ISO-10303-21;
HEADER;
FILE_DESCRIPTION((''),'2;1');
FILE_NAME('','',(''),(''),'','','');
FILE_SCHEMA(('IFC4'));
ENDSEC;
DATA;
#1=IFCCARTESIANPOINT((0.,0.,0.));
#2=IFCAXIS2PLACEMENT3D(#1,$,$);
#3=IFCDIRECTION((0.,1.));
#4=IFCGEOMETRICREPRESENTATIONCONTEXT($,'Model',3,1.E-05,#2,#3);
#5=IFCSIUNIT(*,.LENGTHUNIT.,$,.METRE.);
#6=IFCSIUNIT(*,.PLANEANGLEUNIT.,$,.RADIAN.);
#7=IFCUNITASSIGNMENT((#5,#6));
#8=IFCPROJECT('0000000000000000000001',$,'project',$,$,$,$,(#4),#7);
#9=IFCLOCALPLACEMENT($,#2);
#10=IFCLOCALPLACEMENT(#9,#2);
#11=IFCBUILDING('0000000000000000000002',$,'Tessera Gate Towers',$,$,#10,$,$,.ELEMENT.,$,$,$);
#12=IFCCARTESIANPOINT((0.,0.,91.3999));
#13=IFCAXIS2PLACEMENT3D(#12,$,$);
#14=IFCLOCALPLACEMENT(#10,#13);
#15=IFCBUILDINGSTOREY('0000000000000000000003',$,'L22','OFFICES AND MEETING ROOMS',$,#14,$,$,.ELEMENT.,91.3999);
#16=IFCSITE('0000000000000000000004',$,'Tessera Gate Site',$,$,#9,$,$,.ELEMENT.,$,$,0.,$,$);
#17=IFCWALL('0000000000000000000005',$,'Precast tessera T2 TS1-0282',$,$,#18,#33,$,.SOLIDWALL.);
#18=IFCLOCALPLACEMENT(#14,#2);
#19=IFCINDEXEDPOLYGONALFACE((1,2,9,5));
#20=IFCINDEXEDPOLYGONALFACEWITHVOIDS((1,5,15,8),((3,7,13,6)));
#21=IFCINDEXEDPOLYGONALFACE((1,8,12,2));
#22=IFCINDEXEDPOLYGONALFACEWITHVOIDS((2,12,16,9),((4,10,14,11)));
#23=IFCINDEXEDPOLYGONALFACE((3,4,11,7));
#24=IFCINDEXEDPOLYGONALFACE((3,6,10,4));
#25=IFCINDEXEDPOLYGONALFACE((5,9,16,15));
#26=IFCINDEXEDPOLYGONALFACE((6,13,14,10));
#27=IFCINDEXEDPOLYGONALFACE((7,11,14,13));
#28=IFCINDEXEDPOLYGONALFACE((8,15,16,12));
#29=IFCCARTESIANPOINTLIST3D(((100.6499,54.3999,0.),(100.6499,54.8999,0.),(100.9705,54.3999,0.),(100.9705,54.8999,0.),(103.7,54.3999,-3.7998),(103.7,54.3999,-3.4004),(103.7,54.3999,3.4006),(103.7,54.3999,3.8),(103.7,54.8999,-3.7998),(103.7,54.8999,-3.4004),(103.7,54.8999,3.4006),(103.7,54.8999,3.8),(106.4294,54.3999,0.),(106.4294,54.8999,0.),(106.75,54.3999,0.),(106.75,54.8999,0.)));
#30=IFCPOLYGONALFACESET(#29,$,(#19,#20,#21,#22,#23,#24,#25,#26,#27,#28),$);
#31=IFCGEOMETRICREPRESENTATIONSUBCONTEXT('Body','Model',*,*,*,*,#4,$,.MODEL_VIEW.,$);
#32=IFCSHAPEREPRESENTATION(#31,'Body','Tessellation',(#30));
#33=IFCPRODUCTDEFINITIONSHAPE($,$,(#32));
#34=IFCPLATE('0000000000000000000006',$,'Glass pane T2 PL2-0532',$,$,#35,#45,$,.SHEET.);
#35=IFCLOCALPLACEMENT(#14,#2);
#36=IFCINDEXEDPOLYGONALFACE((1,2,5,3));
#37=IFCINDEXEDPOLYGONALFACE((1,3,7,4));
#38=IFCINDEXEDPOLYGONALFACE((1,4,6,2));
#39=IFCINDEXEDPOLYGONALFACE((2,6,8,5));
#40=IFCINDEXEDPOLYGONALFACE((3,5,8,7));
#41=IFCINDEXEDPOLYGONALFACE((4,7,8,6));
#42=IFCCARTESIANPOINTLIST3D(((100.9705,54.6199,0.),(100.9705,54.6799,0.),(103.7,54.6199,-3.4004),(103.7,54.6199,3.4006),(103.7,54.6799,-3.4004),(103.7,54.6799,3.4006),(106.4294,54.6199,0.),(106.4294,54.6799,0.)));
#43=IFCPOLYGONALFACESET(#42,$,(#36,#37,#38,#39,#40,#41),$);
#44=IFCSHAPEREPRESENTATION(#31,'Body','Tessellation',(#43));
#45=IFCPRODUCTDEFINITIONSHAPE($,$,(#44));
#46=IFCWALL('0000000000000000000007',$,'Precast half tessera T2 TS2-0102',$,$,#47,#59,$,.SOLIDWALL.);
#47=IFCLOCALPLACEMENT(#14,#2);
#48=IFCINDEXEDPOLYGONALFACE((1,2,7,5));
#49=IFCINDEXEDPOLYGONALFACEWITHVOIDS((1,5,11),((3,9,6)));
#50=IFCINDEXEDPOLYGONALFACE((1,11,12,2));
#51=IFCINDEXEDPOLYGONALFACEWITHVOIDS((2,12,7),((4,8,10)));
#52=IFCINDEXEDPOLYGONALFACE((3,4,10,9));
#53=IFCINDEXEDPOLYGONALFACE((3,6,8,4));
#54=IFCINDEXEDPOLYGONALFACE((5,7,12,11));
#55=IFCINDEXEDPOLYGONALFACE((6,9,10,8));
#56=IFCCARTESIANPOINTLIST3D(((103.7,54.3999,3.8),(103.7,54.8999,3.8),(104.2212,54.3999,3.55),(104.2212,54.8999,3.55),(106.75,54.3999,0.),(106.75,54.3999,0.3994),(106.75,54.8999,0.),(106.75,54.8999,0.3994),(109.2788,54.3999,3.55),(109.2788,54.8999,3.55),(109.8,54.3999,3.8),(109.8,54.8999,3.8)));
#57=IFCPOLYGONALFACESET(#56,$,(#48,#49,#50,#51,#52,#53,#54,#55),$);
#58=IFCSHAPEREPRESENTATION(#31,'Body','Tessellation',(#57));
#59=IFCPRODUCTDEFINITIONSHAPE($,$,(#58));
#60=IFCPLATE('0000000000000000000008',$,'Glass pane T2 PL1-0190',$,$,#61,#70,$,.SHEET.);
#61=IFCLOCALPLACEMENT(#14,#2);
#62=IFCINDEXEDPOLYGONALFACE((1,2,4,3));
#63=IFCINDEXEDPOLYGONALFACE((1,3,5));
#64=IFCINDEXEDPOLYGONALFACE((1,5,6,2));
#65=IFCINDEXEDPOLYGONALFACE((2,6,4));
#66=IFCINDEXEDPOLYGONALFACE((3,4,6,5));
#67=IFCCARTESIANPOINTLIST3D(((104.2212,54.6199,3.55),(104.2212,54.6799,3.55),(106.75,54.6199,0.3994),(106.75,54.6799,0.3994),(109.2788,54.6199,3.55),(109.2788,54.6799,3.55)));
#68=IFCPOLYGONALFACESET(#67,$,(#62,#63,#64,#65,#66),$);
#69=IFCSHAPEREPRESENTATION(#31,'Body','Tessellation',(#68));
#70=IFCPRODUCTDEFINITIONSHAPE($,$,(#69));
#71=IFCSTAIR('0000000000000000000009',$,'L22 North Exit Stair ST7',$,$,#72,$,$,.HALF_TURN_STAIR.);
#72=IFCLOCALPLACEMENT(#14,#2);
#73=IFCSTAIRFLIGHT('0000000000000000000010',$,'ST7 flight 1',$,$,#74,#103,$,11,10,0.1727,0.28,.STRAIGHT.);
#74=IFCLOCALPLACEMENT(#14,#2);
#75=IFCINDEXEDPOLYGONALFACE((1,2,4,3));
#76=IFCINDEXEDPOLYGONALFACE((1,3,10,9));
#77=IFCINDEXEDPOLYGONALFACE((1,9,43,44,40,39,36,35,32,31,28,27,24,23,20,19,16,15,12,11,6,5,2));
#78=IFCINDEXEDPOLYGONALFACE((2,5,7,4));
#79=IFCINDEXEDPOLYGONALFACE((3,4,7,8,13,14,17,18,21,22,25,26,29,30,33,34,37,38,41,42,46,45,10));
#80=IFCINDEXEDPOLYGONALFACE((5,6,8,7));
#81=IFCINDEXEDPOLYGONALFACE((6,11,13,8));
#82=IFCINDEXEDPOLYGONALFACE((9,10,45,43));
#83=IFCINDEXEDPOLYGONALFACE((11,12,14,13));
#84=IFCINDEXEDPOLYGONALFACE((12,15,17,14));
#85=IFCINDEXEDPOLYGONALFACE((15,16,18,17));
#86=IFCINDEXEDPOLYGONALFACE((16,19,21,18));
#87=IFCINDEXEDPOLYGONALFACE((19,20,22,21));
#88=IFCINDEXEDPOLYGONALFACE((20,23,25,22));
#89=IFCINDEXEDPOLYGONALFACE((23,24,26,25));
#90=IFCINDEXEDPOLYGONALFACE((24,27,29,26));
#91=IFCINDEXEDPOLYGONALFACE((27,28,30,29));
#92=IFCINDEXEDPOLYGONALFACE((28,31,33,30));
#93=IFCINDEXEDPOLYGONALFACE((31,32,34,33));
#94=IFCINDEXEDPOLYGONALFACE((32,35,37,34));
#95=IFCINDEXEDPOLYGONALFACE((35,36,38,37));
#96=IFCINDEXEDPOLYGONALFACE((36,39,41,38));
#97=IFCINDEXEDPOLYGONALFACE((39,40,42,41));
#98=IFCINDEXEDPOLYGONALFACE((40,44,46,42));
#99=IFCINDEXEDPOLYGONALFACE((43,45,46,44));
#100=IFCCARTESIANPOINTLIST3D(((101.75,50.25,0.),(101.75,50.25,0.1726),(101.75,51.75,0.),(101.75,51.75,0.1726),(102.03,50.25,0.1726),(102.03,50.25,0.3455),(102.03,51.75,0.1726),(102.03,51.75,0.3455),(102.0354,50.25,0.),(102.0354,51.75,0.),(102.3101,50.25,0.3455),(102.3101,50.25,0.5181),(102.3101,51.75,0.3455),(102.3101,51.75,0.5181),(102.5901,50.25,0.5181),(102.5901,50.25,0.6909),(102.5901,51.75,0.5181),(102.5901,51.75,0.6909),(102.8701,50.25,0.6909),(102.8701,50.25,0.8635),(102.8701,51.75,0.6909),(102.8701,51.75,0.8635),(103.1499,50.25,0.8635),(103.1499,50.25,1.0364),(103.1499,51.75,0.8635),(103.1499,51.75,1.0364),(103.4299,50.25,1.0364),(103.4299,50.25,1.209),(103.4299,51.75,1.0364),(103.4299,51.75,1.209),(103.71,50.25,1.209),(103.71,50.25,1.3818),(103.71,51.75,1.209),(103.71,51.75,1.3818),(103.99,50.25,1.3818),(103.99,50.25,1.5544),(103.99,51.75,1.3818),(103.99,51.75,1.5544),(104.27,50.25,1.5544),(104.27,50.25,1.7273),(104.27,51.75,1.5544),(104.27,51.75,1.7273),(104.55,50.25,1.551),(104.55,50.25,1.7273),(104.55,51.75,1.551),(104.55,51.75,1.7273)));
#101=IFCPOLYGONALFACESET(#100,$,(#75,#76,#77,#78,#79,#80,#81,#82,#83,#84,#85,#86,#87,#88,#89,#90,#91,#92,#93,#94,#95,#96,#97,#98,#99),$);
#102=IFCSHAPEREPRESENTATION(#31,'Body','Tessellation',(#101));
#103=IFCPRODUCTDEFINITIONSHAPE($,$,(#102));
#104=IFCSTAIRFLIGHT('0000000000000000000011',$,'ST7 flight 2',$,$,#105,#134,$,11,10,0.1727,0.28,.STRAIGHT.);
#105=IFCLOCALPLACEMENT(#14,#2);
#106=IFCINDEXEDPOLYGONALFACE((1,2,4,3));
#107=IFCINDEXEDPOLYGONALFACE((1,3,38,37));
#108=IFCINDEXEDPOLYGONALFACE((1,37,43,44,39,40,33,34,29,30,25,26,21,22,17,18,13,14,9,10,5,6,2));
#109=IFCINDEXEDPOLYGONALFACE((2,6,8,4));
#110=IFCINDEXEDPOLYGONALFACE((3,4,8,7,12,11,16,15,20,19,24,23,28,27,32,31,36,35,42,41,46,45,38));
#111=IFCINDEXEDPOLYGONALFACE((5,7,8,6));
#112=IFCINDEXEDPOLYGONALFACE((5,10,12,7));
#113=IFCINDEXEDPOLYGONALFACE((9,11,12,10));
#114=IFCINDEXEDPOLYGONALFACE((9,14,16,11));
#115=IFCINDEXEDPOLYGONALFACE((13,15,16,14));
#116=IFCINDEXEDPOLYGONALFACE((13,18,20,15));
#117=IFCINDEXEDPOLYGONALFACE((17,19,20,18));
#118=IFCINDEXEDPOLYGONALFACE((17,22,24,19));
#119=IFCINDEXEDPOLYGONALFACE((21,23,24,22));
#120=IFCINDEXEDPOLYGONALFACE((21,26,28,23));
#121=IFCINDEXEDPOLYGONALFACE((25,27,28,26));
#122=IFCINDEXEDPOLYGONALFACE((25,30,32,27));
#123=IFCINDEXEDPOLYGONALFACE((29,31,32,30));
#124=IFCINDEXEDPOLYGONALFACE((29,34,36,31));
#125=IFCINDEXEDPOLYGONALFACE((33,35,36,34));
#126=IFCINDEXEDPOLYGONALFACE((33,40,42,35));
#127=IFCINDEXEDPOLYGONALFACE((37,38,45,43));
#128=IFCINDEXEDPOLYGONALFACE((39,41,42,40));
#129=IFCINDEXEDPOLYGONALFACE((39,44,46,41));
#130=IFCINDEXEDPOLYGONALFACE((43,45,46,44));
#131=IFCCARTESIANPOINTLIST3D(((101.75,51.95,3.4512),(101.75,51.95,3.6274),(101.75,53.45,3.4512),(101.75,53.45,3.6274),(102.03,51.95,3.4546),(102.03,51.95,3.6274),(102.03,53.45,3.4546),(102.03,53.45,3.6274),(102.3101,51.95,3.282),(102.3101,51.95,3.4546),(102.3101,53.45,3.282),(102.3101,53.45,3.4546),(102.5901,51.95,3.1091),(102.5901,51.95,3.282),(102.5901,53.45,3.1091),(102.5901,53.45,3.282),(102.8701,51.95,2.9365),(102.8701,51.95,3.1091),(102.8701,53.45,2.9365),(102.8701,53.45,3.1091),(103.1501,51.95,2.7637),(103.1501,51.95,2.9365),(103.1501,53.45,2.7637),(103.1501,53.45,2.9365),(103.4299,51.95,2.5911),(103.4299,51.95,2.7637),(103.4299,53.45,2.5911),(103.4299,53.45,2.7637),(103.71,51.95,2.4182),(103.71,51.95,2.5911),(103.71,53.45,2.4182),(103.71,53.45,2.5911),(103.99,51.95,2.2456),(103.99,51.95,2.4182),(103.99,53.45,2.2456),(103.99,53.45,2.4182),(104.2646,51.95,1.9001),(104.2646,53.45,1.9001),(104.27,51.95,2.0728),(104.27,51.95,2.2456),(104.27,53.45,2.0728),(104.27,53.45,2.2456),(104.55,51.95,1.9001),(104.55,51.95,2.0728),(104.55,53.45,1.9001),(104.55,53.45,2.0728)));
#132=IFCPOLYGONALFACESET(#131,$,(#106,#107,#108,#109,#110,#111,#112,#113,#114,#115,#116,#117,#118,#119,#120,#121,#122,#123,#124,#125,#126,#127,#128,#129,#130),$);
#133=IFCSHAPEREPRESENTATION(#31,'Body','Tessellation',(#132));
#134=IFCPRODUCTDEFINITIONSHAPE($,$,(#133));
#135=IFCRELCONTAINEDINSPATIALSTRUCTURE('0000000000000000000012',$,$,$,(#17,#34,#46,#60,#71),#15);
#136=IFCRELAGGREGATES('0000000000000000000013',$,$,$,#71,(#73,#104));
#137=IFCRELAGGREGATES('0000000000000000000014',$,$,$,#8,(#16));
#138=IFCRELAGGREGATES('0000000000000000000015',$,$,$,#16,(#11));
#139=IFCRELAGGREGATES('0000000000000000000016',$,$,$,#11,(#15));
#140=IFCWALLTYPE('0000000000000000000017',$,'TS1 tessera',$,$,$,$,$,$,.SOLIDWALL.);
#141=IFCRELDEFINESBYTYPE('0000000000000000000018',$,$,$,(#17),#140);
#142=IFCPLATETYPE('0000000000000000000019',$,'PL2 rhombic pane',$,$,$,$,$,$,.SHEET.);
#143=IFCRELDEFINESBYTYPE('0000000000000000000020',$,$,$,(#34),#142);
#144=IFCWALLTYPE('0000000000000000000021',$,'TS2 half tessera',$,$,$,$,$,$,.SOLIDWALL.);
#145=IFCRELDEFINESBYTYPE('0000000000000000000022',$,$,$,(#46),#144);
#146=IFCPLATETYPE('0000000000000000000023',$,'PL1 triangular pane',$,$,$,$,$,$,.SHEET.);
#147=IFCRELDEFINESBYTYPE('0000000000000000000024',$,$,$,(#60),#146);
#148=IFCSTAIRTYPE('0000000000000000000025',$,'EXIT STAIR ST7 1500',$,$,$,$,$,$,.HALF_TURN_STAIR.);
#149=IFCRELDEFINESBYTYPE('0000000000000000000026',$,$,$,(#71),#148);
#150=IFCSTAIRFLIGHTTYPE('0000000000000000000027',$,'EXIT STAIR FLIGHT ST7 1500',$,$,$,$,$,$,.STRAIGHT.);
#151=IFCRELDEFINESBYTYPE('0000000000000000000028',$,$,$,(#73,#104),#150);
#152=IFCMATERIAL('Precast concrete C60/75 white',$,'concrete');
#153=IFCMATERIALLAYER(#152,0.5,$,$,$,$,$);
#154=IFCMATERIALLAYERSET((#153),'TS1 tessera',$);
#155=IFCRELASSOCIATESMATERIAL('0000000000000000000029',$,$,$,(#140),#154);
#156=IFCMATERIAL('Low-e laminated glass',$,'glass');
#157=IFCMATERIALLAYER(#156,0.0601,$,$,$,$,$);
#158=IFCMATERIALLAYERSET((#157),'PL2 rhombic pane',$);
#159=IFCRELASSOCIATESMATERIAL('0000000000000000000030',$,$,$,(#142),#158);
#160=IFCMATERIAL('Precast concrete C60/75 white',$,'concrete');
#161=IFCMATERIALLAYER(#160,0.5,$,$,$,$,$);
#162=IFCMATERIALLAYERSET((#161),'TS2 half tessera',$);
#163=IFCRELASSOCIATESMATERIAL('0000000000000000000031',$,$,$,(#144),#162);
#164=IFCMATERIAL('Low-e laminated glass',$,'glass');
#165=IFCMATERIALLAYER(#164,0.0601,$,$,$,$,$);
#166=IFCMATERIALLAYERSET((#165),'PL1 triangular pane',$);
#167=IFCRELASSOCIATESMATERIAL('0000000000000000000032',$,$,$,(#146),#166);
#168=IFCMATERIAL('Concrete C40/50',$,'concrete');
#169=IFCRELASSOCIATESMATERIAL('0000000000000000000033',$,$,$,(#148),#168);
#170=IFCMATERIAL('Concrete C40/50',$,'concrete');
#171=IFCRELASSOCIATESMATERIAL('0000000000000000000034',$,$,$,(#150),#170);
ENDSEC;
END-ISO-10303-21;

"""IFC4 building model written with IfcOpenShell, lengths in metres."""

from ifc_helpers import new_model, si_unit, direction, frame, origin, place, context, subcontext, project, spatial, polyline, outline, extrude, source, transform, mapped, material, layer, layer_set, type_object, element, fill, aggregate, save


model = new_model("IFC4")

# Units and contexts
model_context = context("Model", 3, precision=1e-05, world=origin(), true_north=direction((0.0, 1.0)))
body_context = subcontext(model_context, "Body", "Model", "MODEL_VIEW")
ifc_project = project(units=[si_unit("LENGTHUNIT", "METRE"), si_unit("PLANEANGLEUNIT", "RADIAN")], contexts=[model_context])

# Site, building, storey
site_placement = place(None, origin())
site = spatial("IfcSite", under=ifc_project, at=site_placement, Name="Tessera Gate Site", CompositionType="ELEMENT", RefElevation=0.0)
building_placement = place(site_placement, origin())
building = spatial("IfcBuilding", under=site, at=building_placement, Name="Tessera Gate Towers", CompositionType="ELEMENT")
storey_placement = place(building_placement, frame((0.0, 0.0, 91.3999)))
storey = spatial("IfcBuildingStorey", under=building, at=storey_placement, Name="L22", Description="OFFICES AND MEETING ROOMS", CompositionType="ELEMENT", Elevation=91.3999)

# Walls, openings, plates
ifc_material_1 = material(Name="Precast concrete C60/75 white", Category="concrete")
ifc_layer_1 = layer(ifc_material_1, 0.5)
ifc_layer_set_1 = layer_set([ifc_layer_1], Name="TS1 tessera")
wall_type_1 = type_object("IfcWallType", Name="TS1 tessera", PredefinedType="SOLIDWALL", material=ifc_layer_set_1)
shared_shape_1 = source(origin(), body_context, "Body", "SweptSolid", [
    extrude(outline(polyline([(3.05, 0.0), (6.1001, 3.7998), (3.05, 7.5999), (0.0, 3.7998), (3.05, 0.0)])), frame((0.0, 0.25, 0.0), z_axis=(0.0, -1.0, 0.0), x_axis=(1.0, 0.0, 0.0)), (0.0, 0.0, 1.0), 0.5),
])
shared_shape_2 = source(origin(), body_context, "Body", "SweptSolid", [
    extrude(outline(polyline([(3.05, 0.3994), (5.7795, 3.7998), (3.05, 7.2004), (0.3206, 3.7998), (3.05, 0.3994)])), frame((0.0, 0.26, 0.0), z_axis=(0.0, -1.0, 0.0), x_axis=(1.0, 0.0, 0.0)), (0.0, 0.0, 1.0), 0.52),
])
ifc_material_2 = material(Name="Low-e laminated glass", Category="glass")
ifc_layer_2 = layer(ifc_material_2, 0.0601)
ifc_layer_set_2 = layer_set([ifc_layer_2], Name="PL2 rhombic pane")
plate_type_1 = type_object("IfcPlateType", Name="PL2 rhombic pane", PredefinedType="SHEET", material=ifc_layer_set_2)
shared_shape_3 = source(origin(), body_context, "Body", "SweptSolid", [
    extrude(outline(polyline([(3.05, 0.3994), (5.7795, 3.7998), (3.05, 7.2004), (0.3206, 3.7998), (3.05, 0.3994)])), frame((0.0, 0.03, 0.0), z_axis=(0.0, -1.0, 0.0), x_axis=(1.0, 0.0, 0.0)), (0.0, 0.0, 1.0), 0.0601),
])
wall_1_placement = place(storey_placement, frame((106.75, 54.6499, -3.7998), z_axis=(0.0, 0.0, 1.0), x_axis=(-1.0, 0.0, 0.0)))
wall_1 = element("IfcWall", 1, at=wall_1_placement, inside=storey, type_object=wall_type_1, Name="Precast tessera T2 TS1-0282", PredefinedType="SOLIDWALL", context=body_context, shape_type="MappedRepresentation", body=[
    mapped(shared_shape_1, transform((0.0, 0.0, 0.0), scale=1.0)),
])
opening_1_placement = place(wall_1_placement, origin())
opening_1 = element("IfcOpeningElement", 2, at=opening_1_placement, cuts=wall_1, PredefinedType="OPENING", context=body_context, shape_type="MappedRepresentation", body=[
    mapped(shared_shape_2, transform((0.0, 0.0, 0.0), scale=1.0)),
])
plate_1_placement = place(opening_1_placement, origin())
plate_1 = element("IfcPlate", 3, at=plate_1_placement, inside=storey, type_object=plate_type_1, Name="Glass pane T2 PL2-0532", PredefinedType="SHEET", context=body_context, shape_type="MappedRepresentation", body=[
    mapped(shared_shape_3, transform((0.0, 0.0, 0.0), scale=1.0)),
])
fill(opening_1, plate_1)
ifc_material_3 = material(Name="Precast concrete C60/75 white", Category="concrete")
ifc_layer_3 = layer(ifc_material_3, 0.5)
ifc_layer_set_3 = layer_set([ifc_layer_3], Name="TS2 half tessera")
wall_type_2 = type_object("IfcWallType", Name="TS2 half tessera", PredefinedType="SOLIDWALL", material=ifc_layer_set_3)
shared_shape_4 = source(origin(), body_context, "Body", "SweptSolid", [
    extrude(outline(polyline([(3.05, 0.0), (6.1001, 3.8), (0.0, 3.8), (3.05, 0.0)])), frame((0.0, 0.25, 0.0), z_axis=(0.0, -1.0, 0.0), x_axis=(1.0, 0.0, 0.0)), (0.0, 0.0, 1.0), 0.5),
])
wall_2_placement = place(storey_placement, frame((109.8, 54.6499, 0.0), z_axis=(0.0, 0.0, 1.0), x_axis=(-1.0, 0.0, 0.0)))
wall_2 = element("IfcWall", 4, at=wall_2_placement, inside=storey, type_object=wall_type_2, Name="Precast half tessera T2 TS2-0102", PredefinedType="SOLIDWALL", context=body_context, shape_type="MappedRepresentation", body=[
    mapped(shared_shape_4, transform((0.0, 0.0, 0.0), scale=1.0)),
])
shared_shape_5 = source(origin(), body_context, "Body", "SweptSolid", [
    extrude(outline(polyline([(3.05, 0.3994), (5.5789, 3.55), (0.5212, 3.55), (3.05, 0.3994)])), frame((0.0, 0.26, 0.0), z_axis=(0.0, -1.0, 0.0), x_axis=(1.0, 0.0, 0.0)), (0.0, 0.0, 1.0), 0.52),
])
opening_2_placement = place(wall_2_placement, origin())
opening_2 = element("IfcOpeningElement", 5, at=opening_2_placement, cuts=wall_2, PredefinedType="OPENING", context=body_context, shape_type="MappedRepresentation", body=[
    mapped(shared_shape_5, transform((0.0, 0.0, 0.0), scale=1.0)),
])
ifc_material_4 = material(Name="Low-e laminated glass", Category="glass")
ifc_layer_4 = layer(ifc_material_4, 0.0601)
ifc_layer_set_4 = layer_set([ifc_layer_4], Name="PL1 triangular pane")
plate_type_2 = type_object("IfcPlateType", Name="PL1 triangular pane", PredefinedType="SHEET", material=ifc_layer_set_4)
shared_shape_6 = source(origin(), body_context, "Body", "SweptSolid", [
    extrude(outline(polyline([(3.05, 0.3994), (5.5789, 3.55), (0.5212, 3.55), (3.05, 0.3994)])), frame((0.0, 0.03, 0.0), z_axis=(0.0, -1.0, 0.0), x_axis=(1.0, 0.0, 0.0)), (0.0, 0.0, 1.0), 0.0601),
])
plate_2_placement = place(opening_2_placement, origin())
plate_2 = element("IfcPlate", 6, at=plate_2_placement, inside=storey, type_object=plate_type_2, Name="Glass pane T2 PL1-0190", PredefinedType="SHEET", context=body_context, shape_type="MappedRepresentation", body=[
    mapped(shared_shape_6, transform((0.0, 0.0, 0.0), scale=1.0)),
])
fill(opening_2, plate_2)

# Stair, stair flights
ifc_material_5 = material(Name="Concrete C40/50", Category="concrete")
stair_type = type_object("IfcStairType", Name="EXIT STAIR ST7 1500", PredefinedType="HALF_TURN_STAIR", material=ifc_material_5)
stair_placement = place(storey_placement, origin())
stair = element("IfcStair", 7, at=stair_placement, inside=storey, type_object=stair_type, Name="L22 North Exit Stair ST7", PredefinedType="HALF_TURN_STAIR")
ifc_material_6 = material(Name="Concrete C40/50", Category="concrete")
stair_flight_type = type_object("IfcStairFlightType", Name="EXIT STAIR FLIGHT ST7 1500", PredefinedType="STRAIGHT", material=ifc_material_6)
stair_flight_1_placement = place(storey_placement, frame((101.75, 51.0, 0.0), z_axis=(0.0, 0.0, 1.0), x_axis=(1.0, 0.0, 0.0)))
stair_flight_1 = element("IfcStairFlight", 8, at=stair_flight_1_placement, type_object=stair_flight_type, Name="ST7 flight 1", NumberOfRisers=11, NumberOfTreads=10, PredefinedType="STRAIGHT", RiserHeight=0.1727, TreadLength=0.28, context=body_context, shape_type="SweptSolid", body=[
    extrude(outline(polyline([(0.0, 0.0), (0.0, 0.1726), (0.28, 0.1726), (0.28, 0.3455), (0.5601, 0.3455), (0.5601, 0.5181), (0.8401, 0.5181), (0.8401, 0.6909), (1.1201, 0.6909), (1.1201, 0.8635), (1.3999, 0.8635), (1.3999, 1.0364), (1.6799, 1.0364), (1.6799, 1.209), (1.96, 1.209), (1.96, 1.3818), (2.24, 1.3818), (2.24, 1.5544), (2.52, 1.5544), (2.52, 1.7273), (2.8, 1.7273), (2.8, 1.8999), (2.8, 1.551), (0.2854, 0.0), (0.0, 0.0)])), frame((0.0, 0.75, 0.0), z_axis=(0.0, -1.0, 0.0), x_axis=(1.0, 0.0, 0.0)), (0.0, 0.0, 1.0), 1.5),
])
stair_flight_2_placement = place(storey_placement, frame((104.55, 52.7, 1.9001), z_axis=(0.0, 0.0, 1.0), x_axis=(-1.0, 0.0, 0.0)))
stair_flight_2 = element("IfcStairFlight", 9, at=stair_flight_2_placement, type_object=stair_flight_type, Name="ST7 flight 2", NumberOfRisers=11, NumberOfTreads=10, PredefinedType="STRAIGHT", RiserHeight=0.1727, TreadLength=0.28, context=body_context, shape_type="SweptSolid", body=[
    extrude(outline(polyline([(0.0, 0.0), (0.0, 0.1726), (0.28, 0.1726), (0.28, 0.3455), (0.5601, 0.3455), (0.5601, 0.5181), (0.8401, 0.5181), (0.8401, 0.6909), (1.1201, 0.6909), (1.1201, 0.8635), (1.3999, 0.8635), (1.3999, 1.0364), (1.6799, 1.0364), (1.6799, 1.209), (1.96, 1.209), (1.96, 1.3818), (2.24, 1.3818), (2.24, 1.5544), (2.52, 1.5544), (2.52, 1.7273), (2.8, 1.7273), (2.8, 1.8999), (2.8, 1.551), (0.2854, 0.0), (0.0, 0.0)])), frame((0.0, 0.75, 0.0), z_axis=(0.0, -1.0, 0.0), x_axis=(1.0, 0.0, 0.0)), (0.0, 0.0, 1.0), 1.5),
])
aggregate(stair, [stair_flight_1, stair_flight_2])

save(model, "model.ifc")
